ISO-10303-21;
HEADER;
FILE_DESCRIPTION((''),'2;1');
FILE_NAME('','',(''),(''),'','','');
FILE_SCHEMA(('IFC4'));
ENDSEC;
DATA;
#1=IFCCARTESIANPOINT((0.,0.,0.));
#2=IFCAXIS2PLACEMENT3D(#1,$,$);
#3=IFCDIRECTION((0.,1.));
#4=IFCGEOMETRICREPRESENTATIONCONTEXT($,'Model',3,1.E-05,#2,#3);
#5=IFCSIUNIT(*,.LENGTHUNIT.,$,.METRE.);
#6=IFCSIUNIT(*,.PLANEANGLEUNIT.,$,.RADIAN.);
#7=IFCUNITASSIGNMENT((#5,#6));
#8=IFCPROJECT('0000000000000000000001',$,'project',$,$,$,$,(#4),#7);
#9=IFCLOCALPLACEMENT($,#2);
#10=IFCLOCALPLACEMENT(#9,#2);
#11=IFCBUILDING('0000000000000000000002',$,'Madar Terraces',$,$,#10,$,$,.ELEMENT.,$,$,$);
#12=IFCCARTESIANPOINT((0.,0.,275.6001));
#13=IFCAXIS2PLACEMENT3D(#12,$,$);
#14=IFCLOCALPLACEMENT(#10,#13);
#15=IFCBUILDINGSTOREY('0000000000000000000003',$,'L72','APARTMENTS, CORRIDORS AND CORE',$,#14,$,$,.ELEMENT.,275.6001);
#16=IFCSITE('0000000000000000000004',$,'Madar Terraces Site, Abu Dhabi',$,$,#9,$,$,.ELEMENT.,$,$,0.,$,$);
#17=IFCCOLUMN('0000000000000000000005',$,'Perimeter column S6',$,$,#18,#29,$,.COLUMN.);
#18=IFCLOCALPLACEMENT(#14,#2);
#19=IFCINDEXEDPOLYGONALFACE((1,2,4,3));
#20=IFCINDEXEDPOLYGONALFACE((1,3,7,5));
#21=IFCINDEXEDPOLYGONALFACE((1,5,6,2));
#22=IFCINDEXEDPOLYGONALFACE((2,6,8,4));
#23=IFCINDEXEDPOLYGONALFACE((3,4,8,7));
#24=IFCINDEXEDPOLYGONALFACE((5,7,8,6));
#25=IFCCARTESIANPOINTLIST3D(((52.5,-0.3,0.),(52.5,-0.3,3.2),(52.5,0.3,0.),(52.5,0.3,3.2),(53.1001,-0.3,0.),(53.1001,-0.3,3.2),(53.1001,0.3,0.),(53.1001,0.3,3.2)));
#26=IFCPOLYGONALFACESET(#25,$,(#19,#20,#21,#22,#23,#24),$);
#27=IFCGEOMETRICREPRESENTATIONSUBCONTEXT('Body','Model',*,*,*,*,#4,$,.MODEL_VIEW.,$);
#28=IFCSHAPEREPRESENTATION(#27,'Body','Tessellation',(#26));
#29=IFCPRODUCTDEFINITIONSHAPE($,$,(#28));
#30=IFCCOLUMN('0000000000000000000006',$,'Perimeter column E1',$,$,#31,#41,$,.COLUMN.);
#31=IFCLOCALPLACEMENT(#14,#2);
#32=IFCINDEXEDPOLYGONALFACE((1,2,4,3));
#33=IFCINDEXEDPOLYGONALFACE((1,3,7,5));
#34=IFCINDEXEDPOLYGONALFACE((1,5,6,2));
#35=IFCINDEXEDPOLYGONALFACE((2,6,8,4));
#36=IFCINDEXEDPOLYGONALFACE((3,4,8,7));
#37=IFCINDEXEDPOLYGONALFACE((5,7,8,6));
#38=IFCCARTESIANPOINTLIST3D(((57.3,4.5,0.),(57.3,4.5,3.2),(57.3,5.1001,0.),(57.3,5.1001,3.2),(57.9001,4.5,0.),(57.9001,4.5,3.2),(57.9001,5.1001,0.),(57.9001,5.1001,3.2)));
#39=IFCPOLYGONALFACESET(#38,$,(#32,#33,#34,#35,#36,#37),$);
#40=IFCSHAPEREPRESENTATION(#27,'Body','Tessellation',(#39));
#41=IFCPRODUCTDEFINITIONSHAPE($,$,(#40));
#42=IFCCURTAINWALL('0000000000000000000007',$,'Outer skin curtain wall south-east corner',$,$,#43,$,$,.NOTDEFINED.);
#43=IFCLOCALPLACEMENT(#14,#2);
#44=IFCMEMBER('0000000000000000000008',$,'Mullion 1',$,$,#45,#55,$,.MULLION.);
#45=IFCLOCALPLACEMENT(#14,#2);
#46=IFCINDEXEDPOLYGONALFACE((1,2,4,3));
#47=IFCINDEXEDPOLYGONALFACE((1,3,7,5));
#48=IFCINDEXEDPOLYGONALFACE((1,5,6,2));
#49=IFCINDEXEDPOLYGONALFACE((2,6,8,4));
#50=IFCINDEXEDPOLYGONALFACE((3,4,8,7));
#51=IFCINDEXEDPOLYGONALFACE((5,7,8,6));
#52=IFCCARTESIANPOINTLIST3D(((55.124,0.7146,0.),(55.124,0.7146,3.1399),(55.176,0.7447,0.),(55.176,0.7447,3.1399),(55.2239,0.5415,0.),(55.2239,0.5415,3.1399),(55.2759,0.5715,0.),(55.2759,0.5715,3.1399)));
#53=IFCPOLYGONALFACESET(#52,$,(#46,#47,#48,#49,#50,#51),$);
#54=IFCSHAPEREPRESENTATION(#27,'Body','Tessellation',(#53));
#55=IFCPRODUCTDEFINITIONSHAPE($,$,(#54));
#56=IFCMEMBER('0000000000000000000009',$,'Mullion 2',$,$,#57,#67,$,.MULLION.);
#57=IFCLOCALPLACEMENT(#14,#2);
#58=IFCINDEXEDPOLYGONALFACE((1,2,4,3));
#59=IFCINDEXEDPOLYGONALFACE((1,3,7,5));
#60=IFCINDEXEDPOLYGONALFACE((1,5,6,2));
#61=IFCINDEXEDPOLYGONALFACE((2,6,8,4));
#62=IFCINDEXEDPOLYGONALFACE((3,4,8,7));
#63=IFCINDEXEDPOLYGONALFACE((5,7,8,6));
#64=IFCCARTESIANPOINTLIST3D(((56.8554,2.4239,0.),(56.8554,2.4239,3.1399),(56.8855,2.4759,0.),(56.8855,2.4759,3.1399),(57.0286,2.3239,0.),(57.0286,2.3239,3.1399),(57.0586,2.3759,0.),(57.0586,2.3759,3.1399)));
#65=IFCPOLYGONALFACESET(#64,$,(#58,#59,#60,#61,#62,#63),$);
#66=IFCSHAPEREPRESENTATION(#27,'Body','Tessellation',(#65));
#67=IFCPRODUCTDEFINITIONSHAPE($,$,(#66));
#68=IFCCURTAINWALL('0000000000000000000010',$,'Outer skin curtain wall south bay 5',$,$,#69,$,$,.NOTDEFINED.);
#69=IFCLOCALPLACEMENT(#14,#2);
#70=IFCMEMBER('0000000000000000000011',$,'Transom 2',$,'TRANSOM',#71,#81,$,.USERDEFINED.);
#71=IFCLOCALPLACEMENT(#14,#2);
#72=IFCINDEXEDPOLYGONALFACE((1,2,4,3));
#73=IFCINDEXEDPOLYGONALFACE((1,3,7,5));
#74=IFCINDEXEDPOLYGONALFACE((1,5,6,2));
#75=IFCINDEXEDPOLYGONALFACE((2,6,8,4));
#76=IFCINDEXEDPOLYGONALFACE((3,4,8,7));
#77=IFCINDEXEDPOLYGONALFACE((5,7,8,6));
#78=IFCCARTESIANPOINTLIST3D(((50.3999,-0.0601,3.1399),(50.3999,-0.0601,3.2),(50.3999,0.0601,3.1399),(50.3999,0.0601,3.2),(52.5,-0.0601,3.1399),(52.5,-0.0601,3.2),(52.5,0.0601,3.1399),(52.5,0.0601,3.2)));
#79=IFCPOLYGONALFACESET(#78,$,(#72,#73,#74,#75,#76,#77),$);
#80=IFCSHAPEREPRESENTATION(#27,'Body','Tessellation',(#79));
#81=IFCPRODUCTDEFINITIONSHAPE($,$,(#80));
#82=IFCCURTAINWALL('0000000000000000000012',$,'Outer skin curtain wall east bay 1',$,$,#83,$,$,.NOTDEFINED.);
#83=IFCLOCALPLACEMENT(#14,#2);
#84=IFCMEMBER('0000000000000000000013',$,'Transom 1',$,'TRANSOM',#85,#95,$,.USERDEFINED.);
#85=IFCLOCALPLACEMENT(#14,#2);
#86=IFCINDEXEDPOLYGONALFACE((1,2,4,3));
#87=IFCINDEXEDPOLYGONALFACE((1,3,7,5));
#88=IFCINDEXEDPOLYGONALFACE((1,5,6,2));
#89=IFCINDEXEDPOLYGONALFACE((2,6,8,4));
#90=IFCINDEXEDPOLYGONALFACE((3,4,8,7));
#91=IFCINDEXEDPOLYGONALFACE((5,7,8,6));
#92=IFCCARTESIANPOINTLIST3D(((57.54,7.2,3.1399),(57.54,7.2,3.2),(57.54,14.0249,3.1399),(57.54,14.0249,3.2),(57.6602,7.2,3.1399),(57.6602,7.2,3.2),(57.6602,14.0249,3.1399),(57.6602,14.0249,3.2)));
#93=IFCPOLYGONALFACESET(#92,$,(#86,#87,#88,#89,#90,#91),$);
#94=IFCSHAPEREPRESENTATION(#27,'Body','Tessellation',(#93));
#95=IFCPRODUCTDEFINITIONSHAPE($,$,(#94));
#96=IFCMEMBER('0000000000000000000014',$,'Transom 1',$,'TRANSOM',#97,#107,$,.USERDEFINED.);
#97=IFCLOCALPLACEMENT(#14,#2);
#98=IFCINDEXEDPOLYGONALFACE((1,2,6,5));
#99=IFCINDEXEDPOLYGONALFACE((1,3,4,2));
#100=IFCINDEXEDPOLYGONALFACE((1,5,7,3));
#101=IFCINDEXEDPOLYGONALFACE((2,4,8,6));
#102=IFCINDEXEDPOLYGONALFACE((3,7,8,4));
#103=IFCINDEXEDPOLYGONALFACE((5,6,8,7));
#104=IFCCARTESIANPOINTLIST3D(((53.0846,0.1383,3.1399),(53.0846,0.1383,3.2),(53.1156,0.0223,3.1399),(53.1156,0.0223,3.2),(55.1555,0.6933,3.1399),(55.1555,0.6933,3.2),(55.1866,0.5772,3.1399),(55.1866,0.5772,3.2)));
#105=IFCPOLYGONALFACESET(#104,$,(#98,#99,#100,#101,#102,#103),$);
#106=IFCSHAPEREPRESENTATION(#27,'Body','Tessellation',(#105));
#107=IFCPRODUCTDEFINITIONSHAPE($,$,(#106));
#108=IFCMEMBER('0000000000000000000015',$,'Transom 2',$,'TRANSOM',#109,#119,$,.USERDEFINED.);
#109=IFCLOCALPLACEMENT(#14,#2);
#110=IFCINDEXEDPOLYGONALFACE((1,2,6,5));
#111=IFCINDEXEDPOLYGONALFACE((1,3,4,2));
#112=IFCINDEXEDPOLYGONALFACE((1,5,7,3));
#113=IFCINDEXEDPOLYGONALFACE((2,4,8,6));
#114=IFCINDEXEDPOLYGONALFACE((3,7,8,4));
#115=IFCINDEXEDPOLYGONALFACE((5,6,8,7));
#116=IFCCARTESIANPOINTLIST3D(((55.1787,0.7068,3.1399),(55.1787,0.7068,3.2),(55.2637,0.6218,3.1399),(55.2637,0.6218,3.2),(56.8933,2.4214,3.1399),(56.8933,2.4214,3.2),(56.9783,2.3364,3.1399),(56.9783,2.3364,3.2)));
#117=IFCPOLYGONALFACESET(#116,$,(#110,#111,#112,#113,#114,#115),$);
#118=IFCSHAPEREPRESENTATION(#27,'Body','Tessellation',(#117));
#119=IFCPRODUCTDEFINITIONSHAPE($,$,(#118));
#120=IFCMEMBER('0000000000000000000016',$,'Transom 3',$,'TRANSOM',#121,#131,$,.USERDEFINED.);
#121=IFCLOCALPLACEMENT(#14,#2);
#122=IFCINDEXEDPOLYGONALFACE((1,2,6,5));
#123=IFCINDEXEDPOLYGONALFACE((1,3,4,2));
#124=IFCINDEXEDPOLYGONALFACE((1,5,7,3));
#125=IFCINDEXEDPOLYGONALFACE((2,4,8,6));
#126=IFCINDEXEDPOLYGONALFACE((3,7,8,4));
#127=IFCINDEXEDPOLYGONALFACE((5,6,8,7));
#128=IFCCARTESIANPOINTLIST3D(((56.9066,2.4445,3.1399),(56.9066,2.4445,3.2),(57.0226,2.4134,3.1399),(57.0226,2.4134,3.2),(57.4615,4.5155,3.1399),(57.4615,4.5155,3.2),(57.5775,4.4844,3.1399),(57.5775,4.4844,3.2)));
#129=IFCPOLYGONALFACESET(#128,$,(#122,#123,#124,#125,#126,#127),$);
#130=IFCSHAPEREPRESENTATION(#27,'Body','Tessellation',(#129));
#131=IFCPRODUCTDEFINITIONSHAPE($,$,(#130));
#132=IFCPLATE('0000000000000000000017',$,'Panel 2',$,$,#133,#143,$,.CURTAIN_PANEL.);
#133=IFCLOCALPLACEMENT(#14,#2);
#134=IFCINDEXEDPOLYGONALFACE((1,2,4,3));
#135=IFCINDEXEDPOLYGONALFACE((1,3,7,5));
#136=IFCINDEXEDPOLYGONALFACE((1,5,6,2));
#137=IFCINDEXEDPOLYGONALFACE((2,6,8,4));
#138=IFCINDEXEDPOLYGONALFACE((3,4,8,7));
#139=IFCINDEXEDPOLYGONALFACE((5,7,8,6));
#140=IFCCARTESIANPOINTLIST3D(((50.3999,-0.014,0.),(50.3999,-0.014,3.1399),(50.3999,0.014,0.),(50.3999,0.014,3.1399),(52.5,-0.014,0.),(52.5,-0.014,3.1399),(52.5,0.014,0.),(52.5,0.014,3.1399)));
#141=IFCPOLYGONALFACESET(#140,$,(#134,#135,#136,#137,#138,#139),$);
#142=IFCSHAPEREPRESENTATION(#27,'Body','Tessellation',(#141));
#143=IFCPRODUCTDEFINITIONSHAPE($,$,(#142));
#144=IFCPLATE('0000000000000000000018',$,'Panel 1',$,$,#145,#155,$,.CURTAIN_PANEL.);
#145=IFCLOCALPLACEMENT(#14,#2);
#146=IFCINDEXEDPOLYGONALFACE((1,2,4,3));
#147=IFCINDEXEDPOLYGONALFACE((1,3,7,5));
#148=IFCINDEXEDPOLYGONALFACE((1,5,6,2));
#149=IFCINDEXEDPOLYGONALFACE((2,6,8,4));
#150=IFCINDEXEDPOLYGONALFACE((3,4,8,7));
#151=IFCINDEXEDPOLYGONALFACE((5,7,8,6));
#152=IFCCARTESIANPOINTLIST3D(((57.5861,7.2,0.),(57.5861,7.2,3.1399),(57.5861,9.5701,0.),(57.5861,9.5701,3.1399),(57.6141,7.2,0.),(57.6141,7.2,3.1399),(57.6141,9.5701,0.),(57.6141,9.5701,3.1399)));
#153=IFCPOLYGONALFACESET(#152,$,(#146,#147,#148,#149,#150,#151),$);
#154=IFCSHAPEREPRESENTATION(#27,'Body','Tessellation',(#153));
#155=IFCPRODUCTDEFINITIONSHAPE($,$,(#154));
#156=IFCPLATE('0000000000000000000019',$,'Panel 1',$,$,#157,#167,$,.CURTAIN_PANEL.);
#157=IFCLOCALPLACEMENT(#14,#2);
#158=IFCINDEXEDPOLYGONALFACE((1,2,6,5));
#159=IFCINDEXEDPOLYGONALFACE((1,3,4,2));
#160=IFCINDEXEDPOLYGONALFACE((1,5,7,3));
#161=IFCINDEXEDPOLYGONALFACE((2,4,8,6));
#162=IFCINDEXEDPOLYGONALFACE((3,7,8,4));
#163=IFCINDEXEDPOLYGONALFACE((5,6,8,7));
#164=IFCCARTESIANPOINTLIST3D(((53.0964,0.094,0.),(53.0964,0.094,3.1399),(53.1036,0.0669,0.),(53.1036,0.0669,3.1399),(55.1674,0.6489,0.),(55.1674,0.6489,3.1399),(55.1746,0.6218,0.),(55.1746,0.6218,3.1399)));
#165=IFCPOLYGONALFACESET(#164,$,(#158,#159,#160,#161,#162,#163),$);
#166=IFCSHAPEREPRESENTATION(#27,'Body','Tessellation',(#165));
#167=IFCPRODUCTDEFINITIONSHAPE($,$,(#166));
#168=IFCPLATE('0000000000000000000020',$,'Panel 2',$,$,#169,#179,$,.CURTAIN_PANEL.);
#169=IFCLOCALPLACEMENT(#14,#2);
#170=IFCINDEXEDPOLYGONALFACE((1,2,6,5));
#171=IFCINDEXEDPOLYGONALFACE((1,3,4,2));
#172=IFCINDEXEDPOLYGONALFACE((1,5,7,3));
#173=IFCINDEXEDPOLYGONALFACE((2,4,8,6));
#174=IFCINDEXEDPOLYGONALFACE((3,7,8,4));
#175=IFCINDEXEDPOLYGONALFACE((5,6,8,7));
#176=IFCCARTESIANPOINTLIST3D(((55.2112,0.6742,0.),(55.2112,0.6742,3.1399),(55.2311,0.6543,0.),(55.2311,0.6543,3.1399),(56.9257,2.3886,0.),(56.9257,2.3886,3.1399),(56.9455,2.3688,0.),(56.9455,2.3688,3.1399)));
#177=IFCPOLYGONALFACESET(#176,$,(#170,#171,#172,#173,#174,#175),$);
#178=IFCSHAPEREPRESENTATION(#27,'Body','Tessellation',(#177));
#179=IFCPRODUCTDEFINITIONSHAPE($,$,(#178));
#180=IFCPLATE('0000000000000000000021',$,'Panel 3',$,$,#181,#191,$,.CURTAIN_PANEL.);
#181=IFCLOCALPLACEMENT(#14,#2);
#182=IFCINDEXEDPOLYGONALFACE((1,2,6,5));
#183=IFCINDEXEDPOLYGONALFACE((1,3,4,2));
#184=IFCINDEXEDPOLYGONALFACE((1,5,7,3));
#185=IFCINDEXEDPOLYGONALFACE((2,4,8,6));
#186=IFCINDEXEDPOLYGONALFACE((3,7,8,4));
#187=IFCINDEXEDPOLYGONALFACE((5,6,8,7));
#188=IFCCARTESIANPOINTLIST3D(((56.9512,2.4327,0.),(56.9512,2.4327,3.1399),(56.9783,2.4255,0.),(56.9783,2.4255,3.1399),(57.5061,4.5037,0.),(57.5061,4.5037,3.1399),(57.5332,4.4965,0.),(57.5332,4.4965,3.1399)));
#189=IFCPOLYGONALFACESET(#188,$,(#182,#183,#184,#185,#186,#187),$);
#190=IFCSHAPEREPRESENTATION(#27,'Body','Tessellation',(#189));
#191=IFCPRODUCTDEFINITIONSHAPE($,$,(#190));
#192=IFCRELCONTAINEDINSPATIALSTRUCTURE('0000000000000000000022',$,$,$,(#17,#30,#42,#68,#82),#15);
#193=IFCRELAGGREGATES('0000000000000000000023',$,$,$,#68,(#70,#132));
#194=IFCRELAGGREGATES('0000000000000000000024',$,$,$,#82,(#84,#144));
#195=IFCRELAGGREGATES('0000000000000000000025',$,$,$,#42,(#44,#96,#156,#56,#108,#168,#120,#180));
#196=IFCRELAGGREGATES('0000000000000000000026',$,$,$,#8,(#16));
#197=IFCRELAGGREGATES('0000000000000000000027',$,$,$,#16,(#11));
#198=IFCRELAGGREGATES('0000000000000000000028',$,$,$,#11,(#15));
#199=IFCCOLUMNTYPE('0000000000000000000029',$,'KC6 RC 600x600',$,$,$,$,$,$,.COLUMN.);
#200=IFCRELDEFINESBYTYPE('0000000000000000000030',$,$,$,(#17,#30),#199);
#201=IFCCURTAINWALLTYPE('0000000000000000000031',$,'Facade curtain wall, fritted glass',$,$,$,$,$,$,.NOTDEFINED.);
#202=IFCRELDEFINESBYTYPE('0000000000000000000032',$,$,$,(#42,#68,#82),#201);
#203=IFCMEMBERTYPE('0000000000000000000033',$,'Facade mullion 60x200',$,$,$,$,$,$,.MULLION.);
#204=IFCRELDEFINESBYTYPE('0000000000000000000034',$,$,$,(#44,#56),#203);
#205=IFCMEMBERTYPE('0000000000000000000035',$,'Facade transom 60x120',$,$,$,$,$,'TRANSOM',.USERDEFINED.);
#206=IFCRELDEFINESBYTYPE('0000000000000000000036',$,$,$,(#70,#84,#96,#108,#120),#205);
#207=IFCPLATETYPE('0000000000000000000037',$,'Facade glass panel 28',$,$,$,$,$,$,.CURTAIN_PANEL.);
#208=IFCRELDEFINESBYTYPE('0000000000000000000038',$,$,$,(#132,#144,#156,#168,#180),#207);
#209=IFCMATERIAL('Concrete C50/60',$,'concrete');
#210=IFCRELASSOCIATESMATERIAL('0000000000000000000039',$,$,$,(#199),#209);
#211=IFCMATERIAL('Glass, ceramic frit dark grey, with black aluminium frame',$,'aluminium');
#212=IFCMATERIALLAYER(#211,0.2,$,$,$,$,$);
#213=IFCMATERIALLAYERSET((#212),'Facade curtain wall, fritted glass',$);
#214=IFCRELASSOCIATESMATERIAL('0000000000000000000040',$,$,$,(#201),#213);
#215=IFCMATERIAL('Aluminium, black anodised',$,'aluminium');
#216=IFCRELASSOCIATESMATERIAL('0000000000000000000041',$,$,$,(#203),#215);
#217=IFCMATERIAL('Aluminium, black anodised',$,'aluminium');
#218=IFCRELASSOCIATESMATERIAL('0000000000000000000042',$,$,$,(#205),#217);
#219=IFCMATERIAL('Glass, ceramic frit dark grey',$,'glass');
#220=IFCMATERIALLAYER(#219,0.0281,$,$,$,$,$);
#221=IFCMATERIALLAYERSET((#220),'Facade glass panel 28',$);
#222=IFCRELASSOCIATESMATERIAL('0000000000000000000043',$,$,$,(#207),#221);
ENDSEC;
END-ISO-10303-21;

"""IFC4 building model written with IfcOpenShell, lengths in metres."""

from ifc_helpers import new_model, si_unit, direction, frame, origin, origin_2d, place, context, subcontext, project, spatial, rectangle, extrude, material, layer, layer_set, material_profile, profile_set, type_object, element, aggregate, save


model = new_model("IFC4")

# Units and contexts
model_context = context("Model", 3, precision=1e-05, world=origin(), true_north=direction((0.0, 1.0)))
body_context = subcontext(model_context, "Body", "Model", "MODEL_VIEW")
ifc_project = project(units=[si_unit("LENGTHUNIT", "METRE"), si_unit("PLANEANGLEUNIT", "RADIAN")], contexts=[model_context])

# Site, building, storey
site_placement = place(None, origin())
site = spatial("IfcSite", under=ifc_project, at=site_placement, Name="Madar Terraces Site, Abu Dhabi", CompositionType="ELEMENT", RefElevation=0.0)
building_placement = place(site_placement, origin())
building = spatial("IfcBuilding", under=site, at=building_placement, Name="Madar Terraces", CompositionType="ELEMENT")
storey_placement = place(building_placement, frame((0.0, 0.0, 275.6001)))
storey = spatial("IfcBuildingStorey", under=building, at=storey_placement, Name="L72", Description="APARTMENTS, CORRIDORS AND CORE", CompositionType="ELEMENT", Elevation=275.6001)

# Columns
ifc_material_1 = material(Name="Concrete C50/60", Category="concrete")
ifc_material_profile_1 = material_profile(ifc_material_1, rectangle(XDim=0.6001, YDim=0.6001, at=origin_2d()), Name="KC6 RC 600x600")
ifc_profile_set_1 = profile_set([ifc_material_profile_1], Name="Concrete C50/60")
column_type = type_object("IfcColumnType", Name="KC6 RC 600x600", PredefinedType="COLUMN", material=ifc_profile_set_1)
for number, where, z_axis, x_axis, name in (
    (1, (52.8, 0.0, 0.0), (0.0, 0.0, 1.0), (1.0, 0.0, 0.0), "Perimeter column S6"),
    (2, (57.6001, 4.8, 0.0), (0.0, 0.0, 1.0), (1.0, 0.0, 0.0), "Perimeter column E1"),
):
    element("IfcColumn", number, at=place(storey_placement, frame(where, z_axis=z_axis, x_axis=x_axis)), inside=storey, type_object=column_type, Name=name, PredefinedType="COLUMN", context=body_context, shape_type="SweptSolid", body=[
        extrude(rectangle(XDim=0.6001, YDim=0.6001, at=origin_2d()), origin(), (0.0, 0.0, 1.0), 3.2),
    ])

# Curtain wall, members
ifc_material_2 = material(Name="Glass, ceramic frit dark grey, with black aluminium frame", Category="aluminium")
ifc_layer_1 = layer(ifc_material_2, 0.2)
ifc_layer_set_1 = layer_set([ifc_layer_1], Name="Facade curtain wall, fritted glass")
curtain_wall_type = type_object("IfcCurtainWallType", Name="Facade curtain wall, fritted glass", PredefinedType="NOTDEFINED", material=ifc_layer_set_1)
curtain_wall_1_placement = place(storey_placement, origin())
curtain_wall_1 = element("IfcCurtainWall", 3, at=curtain_wall_1_placement, inside=storey, type_object=curtain_wall_type, Name="Outer skin curtain wall south-east corner", PredefinedType="NOTDEFINED")
ifc_material_3 = material(Name="Aluminium, black anodised", Category="aluminium")
ifc_material_profile_2 = material_profile(ifc_material_3, rectangle(XDim=0.2, YDim=0.0601, at=origin_2d()), Name="Facade mullion 60x200")
ifc_profile_set_2 = profile_set([ifc_material_profile_2], Name="Aluminium, black anodised")
member_type_1 = type_object("IfcMemberType", Name="Facade mullion 60x200", PredefinedType="MULLION", material=ifc_profile_set_2)
member_1_placement = place(storey_placement, frame((55.2, 0.6431, 0.0), z_axis=(0.0, 0.0, 1.0), x_axis=(-0.5, 0.866025, 0.0)))
member_1 = element("IfcMember", 4, at=member_1_placement, type_object=member_type_1, Name="Mullion 1", PredefinedType="MULLION", context=body_context, shape_type="SweptSolid", body=[
    extrude(rectangle(XDim=0.2, YDim=0.0601, at=origin_2d()), origin(), (0.0, 0.0, 1.0), 3.1399),
])
member_2_placement = place(storey_placement, frame((56.957, 2.3999, 0.0), z_axis=(0.0, 0.0, 1.0), x_axis=(-0.866025, 0.5, 0.0)))
member_2 = element("IfcMember", 5, at=member_2_placement, type_object=member_type_1, Name="Mullion 2", PredefinedType="MULLION", context=body_context, shape_type="SweptSolid", body=[
    extrude(rectangle(XDim=0.2, YDim=0.0601, at=origin_2d()), origin(), (0.0, 0.0, 1.0), 3.1399),
])

# Curtain walls, members
curtain_wall_2_placement = place(storey_placement, origin())
curtain_wall_2 = element("IfcCurtainWall", 6, at=curtain_wall_2_placement, inside=storey, type_object=curtain_wall_type, Name="Outer skin curtain wall south bay 5", PredefinedType="NOTDEFINED")
ifc_material_4 = material(Name="Aluminium, black anodised", Category="aluminium")
ifc_material_profile_3 = material_profile(ifc_material_4, rectangle(XDim=0.1201, YDim=0.0601, at=origin_2d()), Name="Facade transom 60x120")
ifc_profile_set_3 = profile_set([ifc_material_profile_3], Name="Aluminium, black anodised")
member_type_2 = type_object("IfcMemberType", Name="Facade transom 60x120", ElementType="TRANSOM", PredefinedType="USERDEFINED", material=ifc_profile_set_3)
member_3_placement = place(storey_placement, frame((50.3999, 0.0, 3.1699), z_axis=(1.0, 0.0, 0.0), x_axis=(0.0, 1.0, 0.0)))
member_3 = element("IfcMember", 7, at=member_3_placement, type_object=member_type_2, Name="Transom 2", ObjectType="TRANSOM", PredefinedType="USERDEFINED", context=body_context, shape_type="SweptSolid", body=[
    extrude(rectangle(XDim=0.1201, YDim=0.0601, at=origin_2d()), origin(), (0.0, 0.0, 1.0), 2.1001),
])
curtain_wall_3_placement = place(storey_placement, origin())
curtain_wall_3 = element("IfcCurtainWall", 8, at=curtain_wall_3_placement, inside=storey, type_object=curtain_wall_type, Name="Outer skin curtain wall east bay 1", PredefinedType="NOTDEFINED")
member_4_placement = place(storey_placement, frame((57.6001, 7.2, 3.1699), z_axis=(0.0, 1.0, 0.0), x_axis=(-1.0, 0.0, 0.0)))
member_4 = element("IfcMember", 9, at=member_4_placement, type_object=member_type_2, Name="Transom 1", ObjectType="TRANSOM", PredefinedType="USERDEFINED", context=body_context, shape_type="SweptSolid", body=[
    extrude(rectangle(XDim=0.1201, YDim=0.0601, at=origin_2d()), origin(), (0.0, 0.0, 1.0), 6.825),
])

# Members
member_5_placement = place(storey_placement, frame((53.1001, 0.0803, 3.1699), z_axis=(0.965926, 0.258818, 0.0), x_axis=(-0.258818, 0.965926, 0.0)))
member_5 = element("IfcMember", 10, at=member_5_placement, type_object=member_type_2, Name="Transom 1", ObjectType="TRANSOM", PredefinedType="USERDEFINED", context=body_context, shape_type="SweptSolid", body=[
    extrude(rectangle(XDim=0.1201, YDim=0.0601, at=origin_2d()), origin(), (0.0, 0.0, 1.0), 2.144),
])
member_6_placement = place(storey_placement, frame((55.2212, 0.6643, 3.1699), z_axis=(0.707107, 0.707107, 0.0), x_axis=(-0.707107, 0.707107, 0.0)))
member_6 = element("IfcMember", 11, at=member_6_placement, type_object=member_type_2, Name="Transom 2", ObjectType="TRANSOM", PredefinedType="USERDEFINED", context=body_context, shape_type="SweptSolid", body=[
    extrude(rectangle(XDim=0.1201, YDim=0.0601, at=origin_2d()), origin(), (0.0, 0.0, 1.0), 2.4248),
])
member_7_placement = place(storey_placement, frame((56.9646, 2.429, 3.1699), z_axis=(0.258818, 0.965926, 0.0), x_axis=(-0.965926, 0.258818, 0.0)))
member_7 = element("IfcMember", 12, at=member_7_placement, type_object=member_type_2, Name="Transom 3", ObjectType="TRANSOM", PredefinedType="USERDEFINED", context=body_context, shape_type="SweptSolid", body=[
    extrude(rectangle(XDim=0.1201, YDim=0.0601, at=origin_2d()), origin(), (0.0, 0.0, 1.0), 2.144),
])

# Plates
ifc_material_5 = material(Name="Glass, ceramic frit dark grey", Category="glass")
ifc_layer_2 = layer(ifc_material_5, 0.0281)
ifc_layer_set_2 = layer_set([ifc_layer_2], Name="Facade glass panel 28")
plate_type = type_object("IfcPlateType", Name="Facade glass panel 28", PredefinedType="CURTAIN_PANEL", material=ifc_layer_set_2)
plate_1_placement = place(storey_placement, frame((51.45, 0.0, 0.0), z_axis=(0.0, 0.0, 1.0), x_axis=(1.0, 0.0, 0.0)))
plate_1 = element("IfcPlate", 13, at=plate_1_placement, type_object=plate_type, Name="Panel 2", PredefinedType="CURTAIN_PANEL", context=body_context, shape_type="SweptSolid", body=[
    extrude(rectangle(XDim=2.1001, YDim=0.0281, at=origin_2d()), origin(), (0.0, 0.0, 1.0), 3.1399),
])
aggregate(curtain_wall_2, [member_3, plate_1])
plate_2_placement = place(storey_placement, frame((57.6001, 8.385, 0.0), z_axis=(0.0, 0.0, 1.0), x_axis=(0.0, 1.0, 0.0)))
plate_2 = element("IfcPlate", 14, at=plate_2_placement, type_object=plate_type, Name="Panel 1", PredefinedType="CURTAIN_PANEL", context=body_context, shape_type="SweptSolid", body=[
    extrude(rectangle(XDim=2.3701, YDim=0.0281, at=origin_2d()), origin(), (0.0, 0.0, 1.0), 3.1399),
])
aggregate(curtain_wall_3, [member_4, plate_2])
plate_3_placement = place(storey_placement, frame((54.1355, 0.3579, 0.0), z_axis=(0.0, 0.0, 1.0), x_axis=(0.965926, 0.258819, 0.0)))
plate_3 = element("IfcPlate", 15, at=plate_3_placement, type_object=plate_type, Name="Panel 1", PredefinedType="CURTAIN_PANEL", context=body_context, shape_type="SweptSolid", body=[
    extrude(rectangle(XDim=2.144, YDim=0.0281, at=origin_2d()), origin(), (0.0, 0.0, 1.0), 3.1399),
])
plate_4_placement = place(storey_placement, frame((56.0784, 1.5215, 0.0), z_axis=(0.0, 0.0, 1.0), x_axis=(0.707107, 0.707107, 0.0)))
plate_4 = element("IfcPlate", 16, at=plate_4_placement, type_object=plate_type, Name="Panel 2", PredefinedType="CURTAIN_PANEL", context=body_context, shape_type="SweptSolid", body=[
    extrude(rectangle(XDim=2.4246, YDim=0.0281, at=origin_2d()), origin(), (0.0, 0.0, 1.0), 3.1399),
])
plate_5_placement = place(storey_placement, frame((57.2422, 3.4646, 0.0), z_axis=(0.0, 0.0, 1.0), x_axis=(0.258819, 0.965926, 0.0)))
plate_5 = element("IfcPlate", 17, at=plate_5_placement, type_object=plate_type, Name="Panel 3", PredefinedType="CURTAIN_PANEL", context=body_context, shape_type="SweptSolid", body=[
    extrude(rectangle(XDim=2.144, YDim=0.0281, at=origin_2d()), origin(), (0.0, 0.0, 1.0), 3.1399),
])
aggregate(curtain_wall_1, [member_1, member_5, plate_3, member_2, member_6, plate_4, member_7, plate_5])

save(model, "model.ifc")
